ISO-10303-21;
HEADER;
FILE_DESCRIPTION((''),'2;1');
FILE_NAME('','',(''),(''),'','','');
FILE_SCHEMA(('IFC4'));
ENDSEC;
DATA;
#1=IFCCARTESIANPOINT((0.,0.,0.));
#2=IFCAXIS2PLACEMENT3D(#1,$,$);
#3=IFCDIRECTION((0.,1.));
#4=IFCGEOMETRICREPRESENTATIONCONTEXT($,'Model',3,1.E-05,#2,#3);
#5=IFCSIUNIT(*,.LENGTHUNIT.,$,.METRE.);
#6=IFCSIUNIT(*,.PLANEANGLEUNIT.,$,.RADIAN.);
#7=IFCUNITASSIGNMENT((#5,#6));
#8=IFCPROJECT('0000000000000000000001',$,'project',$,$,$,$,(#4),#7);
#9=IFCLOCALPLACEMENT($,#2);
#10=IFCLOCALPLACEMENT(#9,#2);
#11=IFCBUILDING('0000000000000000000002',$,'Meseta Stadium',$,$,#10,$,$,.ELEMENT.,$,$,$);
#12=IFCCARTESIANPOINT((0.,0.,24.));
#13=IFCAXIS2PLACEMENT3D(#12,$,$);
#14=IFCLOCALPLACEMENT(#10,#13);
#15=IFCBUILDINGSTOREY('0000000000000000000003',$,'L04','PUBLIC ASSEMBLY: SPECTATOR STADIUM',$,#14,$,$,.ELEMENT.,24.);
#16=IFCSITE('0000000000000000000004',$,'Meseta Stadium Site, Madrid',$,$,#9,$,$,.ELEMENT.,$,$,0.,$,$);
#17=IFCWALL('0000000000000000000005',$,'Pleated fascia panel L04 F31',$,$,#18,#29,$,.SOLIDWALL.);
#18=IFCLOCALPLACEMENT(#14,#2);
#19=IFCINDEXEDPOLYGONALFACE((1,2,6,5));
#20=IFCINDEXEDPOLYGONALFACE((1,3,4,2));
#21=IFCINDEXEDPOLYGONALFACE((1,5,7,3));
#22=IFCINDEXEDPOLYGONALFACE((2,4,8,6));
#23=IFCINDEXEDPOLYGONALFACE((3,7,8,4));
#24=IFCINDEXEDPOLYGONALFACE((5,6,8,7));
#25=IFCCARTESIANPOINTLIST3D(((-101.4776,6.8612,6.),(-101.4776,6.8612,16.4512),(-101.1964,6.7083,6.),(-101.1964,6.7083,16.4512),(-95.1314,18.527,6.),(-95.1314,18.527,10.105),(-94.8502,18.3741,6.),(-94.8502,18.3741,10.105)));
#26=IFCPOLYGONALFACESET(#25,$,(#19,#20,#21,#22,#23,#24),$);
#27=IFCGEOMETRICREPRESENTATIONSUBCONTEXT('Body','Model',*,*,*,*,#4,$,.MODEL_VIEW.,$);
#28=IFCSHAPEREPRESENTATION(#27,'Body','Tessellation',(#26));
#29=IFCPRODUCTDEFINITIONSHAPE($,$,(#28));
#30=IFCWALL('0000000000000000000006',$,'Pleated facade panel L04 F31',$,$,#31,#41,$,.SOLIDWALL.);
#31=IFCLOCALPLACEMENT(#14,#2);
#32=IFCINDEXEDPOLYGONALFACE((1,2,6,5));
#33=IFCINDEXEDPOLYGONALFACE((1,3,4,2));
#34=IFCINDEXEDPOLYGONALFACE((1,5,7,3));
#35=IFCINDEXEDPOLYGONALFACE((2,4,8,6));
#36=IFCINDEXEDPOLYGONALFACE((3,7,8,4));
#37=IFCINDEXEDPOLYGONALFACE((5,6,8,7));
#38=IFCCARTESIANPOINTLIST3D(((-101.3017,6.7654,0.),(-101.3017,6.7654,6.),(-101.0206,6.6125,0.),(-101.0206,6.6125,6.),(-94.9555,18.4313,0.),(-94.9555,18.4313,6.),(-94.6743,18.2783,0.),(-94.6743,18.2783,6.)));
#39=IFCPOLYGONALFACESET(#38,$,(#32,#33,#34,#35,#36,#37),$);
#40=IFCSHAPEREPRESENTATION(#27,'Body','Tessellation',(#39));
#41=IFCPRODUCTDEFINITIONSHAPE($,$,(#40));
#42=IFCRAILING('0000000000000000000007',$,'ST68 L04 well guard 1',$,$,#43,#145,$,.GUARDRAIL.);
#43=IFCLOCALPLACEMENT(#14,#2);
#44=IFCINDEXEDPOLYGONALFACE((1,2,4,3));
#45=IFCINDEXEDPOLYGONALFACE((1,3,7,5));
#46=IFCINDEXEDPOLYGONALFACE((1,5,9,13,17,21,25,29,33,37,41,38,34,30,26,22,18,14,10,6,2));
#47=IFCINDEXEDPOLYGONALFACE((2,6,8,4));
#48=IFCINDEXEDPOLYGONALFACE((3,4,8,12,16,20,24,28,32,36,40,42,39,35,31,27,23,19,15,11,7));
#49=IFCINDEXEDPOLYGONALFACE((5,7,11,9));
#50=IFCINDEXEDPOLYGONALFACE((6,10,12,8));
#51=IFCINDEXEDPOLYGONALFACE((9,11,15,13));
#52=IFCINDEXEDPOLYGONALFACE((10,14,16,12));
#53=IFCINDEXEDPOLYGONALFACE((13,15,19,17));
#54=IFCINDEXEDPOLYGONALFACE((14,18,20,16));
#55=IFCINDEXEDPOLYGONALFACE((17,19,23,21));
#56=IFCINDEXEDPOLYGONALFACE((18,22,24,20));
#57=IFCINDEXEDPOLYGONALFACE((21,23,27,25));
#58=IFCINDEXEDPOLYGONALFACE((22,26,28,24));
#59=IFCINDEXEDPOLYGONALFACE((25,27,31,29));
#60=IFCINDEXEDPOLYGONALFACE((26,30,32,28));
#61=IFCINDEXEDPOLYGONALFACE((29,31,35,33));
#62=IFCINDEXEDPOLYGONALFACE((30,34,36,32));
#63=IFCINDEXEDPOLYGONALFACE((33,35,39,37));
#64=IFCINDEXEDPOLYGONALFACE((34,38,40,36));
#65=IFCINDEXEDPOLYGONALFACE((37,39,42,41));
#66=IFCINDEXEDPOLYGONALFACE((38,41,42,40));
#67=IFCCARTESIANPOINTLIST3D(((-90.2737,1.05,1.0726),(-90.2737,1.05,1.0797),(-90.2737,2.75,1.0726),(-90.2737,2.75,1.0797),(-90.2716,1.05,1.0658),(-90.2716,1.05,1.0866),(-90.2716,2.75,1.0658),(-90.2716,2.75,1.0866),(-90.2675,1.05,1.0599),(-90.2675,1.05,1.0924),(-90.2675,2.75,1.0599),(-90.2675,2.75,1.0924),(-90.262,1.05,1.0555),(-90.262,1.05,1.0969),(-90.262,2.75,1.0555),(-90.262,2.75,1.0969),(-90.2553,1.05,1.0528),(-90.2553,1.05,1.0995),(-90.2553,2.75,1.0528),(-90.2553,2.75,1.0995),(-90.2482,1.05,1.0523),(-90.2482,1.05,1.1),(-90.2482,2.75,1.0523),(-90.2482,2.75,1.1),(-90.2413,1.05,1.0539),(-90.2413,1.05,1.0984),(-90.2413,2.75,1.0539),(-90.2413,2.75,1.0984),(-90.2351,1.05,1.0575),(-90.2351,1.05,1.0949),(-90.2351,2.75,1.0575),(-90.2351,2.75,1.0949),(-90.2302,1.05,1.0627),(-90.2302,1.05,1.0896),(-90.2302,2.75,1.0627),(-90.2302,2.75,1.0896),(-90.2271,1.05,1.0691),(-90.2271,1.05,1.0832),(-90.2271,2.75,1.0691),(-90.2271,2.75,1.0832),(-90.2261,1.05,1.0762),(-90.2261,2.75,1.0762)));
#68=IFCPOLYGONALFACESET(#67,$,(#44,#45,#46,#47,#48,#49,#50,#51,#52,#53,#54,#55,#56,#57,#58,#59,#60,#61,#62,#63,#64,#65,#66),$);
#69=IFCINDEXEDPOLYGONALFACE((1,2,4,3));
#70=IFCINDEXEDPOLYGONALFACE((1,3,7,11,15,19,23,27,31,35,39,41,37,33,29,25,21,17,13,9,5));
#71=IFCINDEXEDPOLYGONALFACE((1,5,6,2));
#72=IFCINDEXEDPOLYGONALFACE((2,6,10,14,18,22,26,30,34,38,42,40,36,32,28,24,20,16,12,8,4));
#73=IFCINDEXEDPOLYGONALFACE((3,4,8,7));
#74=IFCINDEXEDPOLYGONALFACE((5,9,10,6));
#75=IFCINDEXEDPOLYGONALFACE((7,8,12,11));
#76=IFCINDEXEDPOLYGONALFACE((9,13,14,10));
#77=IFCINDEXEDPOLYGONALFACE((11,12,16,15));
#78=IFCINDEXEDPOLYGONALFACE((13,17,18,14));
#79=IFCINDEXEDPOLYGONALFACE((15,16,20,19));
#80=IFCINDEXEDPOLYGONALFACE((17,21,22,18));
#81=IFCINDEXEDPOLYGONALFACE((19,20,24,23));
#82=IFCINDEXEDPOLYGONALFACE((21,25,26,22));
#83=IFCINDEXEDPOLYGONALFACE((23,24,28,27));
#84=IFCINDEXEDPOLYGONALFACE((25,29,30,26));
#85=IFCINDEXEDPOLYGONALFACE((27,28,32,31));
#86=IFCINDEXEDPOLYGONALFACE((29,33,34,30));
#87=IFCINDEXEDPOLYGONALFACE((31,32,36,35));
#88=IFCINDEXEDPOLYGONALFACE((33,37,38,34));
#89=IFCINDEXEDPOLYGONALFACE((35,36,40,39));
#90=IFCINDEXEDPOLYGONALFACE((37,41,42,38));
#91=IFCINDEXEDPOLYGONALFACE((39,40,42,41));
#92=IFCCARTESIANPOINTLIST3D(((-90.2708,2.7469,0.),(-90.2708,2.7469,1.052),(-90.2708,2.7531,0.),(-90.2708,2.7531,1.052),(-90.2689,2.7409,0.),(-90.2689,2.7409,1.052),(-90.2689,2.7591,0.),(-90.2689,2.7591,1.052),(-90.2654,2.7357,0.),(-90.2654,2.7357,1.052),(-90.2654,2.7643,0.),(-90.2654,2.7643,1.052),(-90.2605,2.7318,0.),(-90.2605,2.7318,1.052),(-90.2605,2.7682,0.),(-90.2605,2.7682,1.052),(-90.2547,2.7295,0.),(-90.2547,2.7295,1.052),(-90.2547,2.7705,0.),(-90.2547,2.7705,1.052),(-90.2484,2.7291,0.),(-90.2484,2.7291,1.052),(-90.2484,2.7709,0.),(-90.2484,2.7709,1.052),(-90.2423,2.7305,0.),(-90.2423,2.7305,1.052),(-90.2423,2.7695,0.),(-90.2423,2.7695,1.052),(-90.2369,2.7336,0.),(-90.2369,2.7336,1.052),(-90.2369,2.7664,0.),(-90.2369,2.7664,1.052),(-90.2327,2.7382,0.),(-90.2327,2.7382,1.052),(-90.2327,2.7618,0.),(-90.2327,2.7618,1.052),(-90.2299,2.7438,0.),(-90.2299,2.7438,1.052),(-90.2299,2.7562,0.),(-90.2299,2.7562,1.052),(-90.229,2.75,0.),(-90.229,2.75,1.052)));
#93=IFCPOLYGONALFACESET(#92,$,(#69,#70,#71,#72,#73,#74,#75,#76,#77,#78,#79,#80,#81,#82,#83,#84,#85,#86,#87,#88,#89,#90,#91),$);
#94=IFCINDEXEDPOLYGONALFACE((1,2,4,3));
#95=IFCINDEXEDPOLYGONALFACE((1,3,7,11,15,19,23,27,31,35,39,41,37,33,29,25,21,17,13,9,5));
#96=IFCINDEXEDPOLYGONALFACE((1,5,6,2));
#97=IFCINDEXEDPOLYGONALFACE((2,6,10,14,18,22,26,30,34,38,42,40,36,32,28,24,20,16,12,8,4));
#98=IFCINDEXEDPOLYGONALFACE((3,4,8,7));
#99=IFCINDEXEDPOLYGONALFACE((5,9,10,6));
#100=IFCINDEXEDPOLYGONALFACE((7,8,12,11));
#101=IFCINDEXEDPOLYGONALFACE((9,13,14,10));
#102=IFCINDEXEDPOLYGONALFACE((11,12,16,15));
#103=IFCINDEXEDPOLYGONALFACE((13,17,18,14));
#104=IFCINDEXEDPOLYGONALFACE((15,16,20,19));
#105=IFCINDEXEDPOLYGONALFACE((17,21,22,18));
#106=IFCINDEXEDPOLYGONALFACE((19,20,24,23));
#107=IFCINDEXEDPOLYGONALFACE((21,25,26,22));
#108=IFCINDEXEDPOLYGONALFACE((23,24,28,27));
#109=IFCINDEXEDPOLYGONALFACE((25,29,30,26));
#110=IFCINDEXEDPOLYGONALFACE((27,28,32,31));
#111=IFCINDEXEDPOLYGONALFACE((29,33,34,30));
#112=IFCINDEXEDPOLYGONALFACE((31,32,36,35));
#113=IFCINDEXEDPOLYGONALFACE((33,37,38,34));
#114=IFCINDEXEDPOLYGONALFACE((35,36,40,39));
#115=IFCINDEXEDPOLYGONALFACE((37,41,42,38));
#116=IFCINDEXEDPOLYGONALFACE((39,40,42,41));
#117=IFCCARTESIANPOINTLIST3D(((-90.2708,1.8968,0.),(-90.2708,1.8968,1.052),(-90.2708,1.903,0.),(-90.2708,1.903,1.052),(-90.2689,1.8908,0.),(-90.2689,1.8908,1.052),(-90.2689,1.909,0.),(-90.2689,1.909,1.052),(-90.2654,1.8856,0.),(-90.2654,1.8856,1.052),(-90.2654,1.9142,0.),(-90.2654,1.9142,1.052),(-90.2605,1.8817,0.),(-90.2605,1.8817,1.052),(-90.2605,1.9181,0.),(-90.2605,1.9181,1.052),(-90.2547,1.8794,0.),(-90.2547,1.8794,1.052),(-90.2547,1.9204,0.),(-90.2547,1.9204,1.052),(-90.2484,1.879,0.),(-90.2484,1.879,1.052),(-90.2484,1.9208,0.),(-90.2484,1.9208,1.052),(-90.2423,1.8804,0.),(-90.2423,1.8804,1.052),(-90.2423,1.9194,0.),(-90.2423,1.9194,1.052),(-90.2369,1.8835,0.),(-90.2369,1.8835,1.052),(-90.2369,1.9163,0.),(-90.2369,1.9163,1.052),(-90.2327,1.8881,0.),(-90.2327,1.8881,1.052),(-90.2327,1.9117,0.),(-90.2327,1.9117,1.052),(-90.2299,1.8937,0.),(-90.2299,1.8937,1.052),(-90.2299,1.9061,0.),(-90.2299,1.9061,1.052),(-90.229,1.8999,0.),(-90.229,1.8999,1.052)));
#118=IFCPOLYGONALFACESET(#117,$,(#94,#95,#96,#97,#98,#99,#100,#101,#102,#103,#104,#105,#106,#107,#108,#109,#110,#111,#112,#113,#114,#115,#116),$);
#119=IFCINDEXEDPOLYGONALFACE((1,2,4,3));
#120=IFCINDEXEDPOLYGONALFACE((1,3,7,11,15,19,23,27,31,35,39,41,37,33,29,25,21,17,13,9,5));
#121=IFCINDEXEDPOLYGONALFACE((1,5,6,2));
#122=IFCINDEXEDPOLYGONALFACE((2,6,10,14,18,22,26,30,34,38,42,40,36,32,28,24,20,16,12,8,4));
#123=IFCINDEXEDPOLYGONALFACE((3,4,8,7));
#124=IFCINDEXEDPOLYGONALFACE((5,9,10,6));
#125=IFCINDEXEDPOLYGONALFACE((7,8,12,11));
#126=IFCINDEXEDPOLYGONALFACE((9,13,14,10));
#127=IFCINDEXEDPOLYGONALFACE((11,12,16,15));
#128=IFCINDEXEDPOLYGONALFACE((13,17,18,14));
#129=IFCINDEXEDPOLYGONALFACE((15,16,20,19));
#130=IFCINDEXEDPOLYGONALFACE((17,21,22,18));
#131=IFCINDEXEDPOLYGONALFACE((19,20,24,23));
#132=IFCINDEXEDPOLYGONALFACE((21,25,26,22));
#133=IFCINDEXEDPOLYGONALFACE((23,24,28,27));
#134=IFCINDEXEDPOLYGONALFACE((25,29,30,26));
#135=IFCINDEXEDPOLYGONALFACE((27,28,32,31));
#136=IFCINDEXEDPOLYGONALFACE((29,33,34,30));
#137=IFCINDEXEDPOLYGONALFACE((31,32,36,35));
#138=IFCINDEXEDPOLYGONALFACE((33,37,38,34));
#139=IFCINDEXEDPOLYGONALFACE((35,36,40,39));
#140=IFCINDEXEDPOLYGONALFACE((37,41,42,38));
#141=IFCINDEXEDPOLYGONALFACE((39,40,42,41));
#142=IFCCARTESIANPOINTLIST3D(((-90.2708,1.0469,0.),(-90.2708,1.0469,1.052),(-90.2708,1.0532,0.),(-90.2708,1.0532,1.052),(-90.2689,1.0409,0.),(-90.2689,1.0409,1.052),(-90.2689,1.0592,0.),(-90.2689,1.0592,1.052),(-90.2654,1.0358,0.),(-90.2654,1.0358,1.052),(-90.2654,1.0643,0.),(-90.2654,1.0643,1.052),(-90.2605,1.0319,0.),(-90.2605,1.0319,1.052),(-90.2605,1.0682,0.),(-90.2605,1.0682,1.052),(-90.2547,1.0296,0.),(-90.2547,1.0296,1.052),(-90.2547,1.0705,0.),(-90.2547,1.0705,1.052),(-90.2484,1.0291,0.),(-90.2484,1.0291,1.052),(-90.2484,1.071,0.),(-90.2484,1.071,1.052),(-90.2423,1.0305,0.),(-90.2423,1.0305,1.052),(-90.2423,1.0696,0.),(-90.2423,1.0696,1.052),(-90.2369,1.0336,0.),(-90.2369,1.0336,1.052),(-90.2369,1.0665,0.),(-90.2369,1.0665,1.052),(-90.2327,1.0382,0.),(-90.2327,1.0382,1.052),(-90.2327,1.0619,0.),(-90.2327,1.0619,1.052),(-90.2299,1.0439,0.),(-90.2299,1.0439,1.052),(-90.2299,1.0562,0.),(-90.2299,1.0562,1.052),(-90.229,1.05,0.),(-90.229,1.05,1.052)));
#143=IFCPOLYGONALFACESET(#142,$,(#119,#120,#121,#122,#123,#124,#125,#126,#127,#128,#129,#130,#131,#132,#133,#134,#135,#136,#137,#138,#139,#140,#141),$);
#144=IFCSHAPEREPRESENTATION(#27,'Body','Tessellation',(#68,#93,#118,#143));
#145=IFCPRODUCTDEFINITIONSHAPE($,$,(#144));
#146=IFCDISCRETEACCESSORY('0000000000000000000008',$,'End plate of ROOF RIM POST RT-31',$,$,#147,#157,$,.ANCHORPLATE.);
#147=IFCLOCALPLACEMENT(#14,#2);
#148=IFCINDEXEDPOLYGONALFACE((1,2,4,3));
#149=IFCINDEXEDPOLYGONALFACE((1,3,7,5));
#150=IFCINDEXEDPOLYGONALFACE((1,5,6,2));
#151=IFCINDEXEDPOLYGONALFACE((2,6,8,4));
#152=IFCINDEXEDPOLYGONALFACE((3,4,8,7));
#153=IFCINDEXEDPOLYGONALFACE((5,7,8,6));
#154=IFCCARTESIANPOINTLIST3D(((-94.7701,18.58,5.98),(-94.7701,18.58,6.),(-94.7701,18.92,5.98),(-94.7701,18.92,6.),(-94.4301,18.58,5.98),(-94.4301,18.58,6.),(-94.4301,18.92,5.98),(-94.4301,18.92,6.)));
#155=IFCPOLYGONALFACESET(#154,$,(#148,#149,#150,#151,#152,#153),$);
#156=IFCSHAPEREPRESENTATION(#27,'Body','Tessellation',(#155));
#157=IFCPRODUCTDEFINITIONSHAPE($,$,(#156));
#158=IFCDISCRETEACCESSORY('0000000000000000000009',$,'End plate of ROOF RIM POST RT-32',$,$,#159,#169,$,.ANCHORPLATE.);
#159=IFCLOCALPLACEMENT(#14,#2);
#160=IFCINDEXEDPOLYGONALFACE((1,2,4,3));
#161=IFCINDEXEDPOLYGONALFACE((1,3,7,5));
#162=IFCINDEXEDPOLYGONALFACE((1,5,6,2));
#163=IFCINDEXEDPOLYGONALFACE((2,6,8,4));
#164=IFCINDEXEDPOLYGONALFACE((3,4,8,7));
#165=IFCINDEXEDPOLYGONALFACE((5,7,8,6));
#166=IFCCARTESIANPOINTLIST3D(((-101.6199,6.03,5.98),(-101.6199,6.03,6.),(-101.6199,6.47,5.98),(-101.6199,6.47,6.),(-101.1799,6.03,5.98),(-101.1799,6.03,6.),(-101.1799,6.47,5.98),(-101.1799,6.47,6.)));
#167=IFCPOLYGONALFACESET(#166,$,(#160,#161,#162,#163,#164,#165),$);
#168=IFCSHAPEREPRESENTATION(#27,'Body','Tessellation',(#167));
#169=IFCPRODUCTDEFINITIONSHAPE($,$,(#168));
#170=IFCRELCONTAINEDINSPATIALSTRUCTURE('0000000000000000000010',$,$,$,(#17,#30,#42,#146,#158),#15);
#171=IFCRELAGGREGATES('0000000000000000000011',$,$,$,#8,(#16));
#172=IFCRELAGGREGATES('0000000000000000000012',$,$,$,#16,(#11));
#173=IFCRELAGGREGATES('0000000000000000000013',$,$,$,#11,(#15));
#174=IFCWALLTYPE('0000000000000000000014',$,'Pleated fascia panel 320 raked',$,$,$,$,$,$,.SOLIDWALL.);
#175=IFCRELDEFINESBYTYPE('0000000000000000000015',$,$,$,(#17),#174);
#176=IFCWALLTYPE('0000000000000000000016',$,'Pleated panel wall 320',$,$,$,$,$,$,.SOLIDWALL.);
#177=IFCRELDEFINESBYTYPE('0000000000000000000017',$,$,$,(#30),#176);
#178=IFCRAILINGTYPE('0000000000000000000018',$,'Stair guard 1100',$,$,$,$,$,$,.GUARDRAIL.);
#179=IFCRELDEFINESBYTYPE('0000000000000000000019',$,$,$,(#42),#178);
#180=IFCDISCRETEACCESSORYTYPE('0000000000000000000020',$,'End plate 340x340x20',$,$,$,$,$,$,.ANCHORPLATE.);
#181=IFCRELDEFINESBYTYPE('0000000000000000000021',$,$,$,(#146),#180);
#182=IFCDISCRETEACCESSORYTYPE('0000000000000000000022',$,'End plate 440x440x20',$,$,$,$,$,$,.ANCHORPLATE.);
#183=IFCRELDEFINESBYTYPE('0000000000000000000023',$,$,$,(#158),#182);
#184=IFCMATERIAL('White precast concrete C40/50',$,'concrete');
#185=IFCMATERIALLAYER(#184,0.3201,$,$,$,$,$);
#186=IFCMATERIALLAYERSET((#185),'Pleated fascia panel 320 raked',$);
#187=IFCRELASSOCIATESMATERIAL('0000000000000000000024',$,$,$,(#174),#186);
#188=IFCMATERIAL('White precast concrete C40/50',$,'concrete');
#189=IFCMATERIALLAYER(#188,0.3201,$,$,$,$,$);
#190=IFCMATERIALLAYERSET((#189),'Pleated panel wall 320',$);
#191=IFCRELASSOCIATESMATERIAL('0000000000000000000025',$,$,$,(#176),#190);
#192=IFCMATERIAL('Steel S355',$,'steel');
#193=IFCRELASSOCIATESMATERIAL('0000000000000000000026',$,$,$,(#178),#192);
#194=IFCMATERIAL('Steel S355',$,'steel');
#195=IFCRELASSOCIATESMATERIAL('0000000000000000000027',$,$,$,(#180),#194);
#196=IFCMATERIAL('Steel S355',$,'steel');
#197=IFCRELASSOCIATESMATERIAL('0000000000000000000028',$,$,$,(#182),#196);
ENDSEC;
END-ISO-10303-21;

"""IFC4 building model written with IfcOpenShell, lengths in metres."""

from ifc_helpers import new_model, si_unit, direction, frame, frame_2d, origin, origin_2d, place, context, subcontext, project, spatial, polyline, rectangle, circle, outline, extrude, material, layer, layer_set, material_profile, profile_set, type_object, element, save


model = new_model("IFC4")

# Units and contexts
model_context = context("Model", 3, precision=1e-05, world=origin(), true_north=direction((0.0, 1.0)))
body_context = subcontext(model_context, "Body", "Model", "MODEL_VIEW")
ifc_project = project(units=[si_unit("LENGTHUNIT", "METRE"), si_unit("PLANEANGLEUNIT", "RADIAN")], contexts=[model_context])

# Site, building, storey
site_placement = place(None, origin())
site = spatial("IfcSite", under=ifc_project, at=site_placement, Name="Meseta Stadium Site, Madrid", CompositionType="ELEMENT", RefElevation=0.0)
building_placement = place(site_placement, origin())
building = spatial("IfcBuilding", under=site, at=building_placement, Name="Meseta Stadium", CompositionType="ELEMENT")
storey_placement = place(building_placement, frame((0.0, 0.0, 24.0)))
storey = spatial("IfcBuildingStorey", under=building, at=storey_placement, Name="L04", Description="PUBLIC ASSEMBLY: SPECTATOR STADIUM", CompositionType="ELEMENT", Elevation=24.0)

# Shared definitions
ifc_material_1 = material(Name="White precast concrete C40/50", Category="concrete")
ifc_layer_1 = layer(ifc_material_1, 0.3201)
ifc_layer_set_1 = layer_set([ifc_layer_1], Name="Pleated fascia panel 320 raked")
wall_type_1 = type_object("IfcWallType", Name="Pleated fascia panel 320 raked", PredefinedType="SOLIDWALL", material=ifc_layer_set_1)

# Walls
wall_1_placement = place(storey_placement, frame((-101.3369, 6.7847, 6.0), z_axis=(0.0, 0.0, 1.0), x_axis=(0.477868, 0.878432, 0.0)))
element("IfcWall", 1, at=wall_1_placement, inside=storey, type_object=wall_type_1, Name="Pleated fascia panel L04 F31", PredefinedType="SOLIDWALL", context=body_context, shape_type="SweptSolid", body=[
    extrude(outline(polyline([(0.0, 0.0), (13.2803, 0.0), (13.2803, 4.105), (0.0, 10.4512), (0.0, 0.0)])), frame((0.0, 0.1602, 0.0), z_axis=(0.0, -1.0, 0.0), x_axis=(1.0, 0.0, 0.0)), (0.0, 0.0, 1.0), 0.3201),
])
ifc_material_2 = material(Name="White precast concrete C40/50", Category="concrete")
ifc_layer_2 = layer(ifc_material_2, 0.3201)
ifc_layer_set_2 = layer_set([ifc_layer_2], Name="Pleated panel wall 320")
wall_type_2 = type_object("IfcWallType", Name="Pleated panel wall 320", PredefinedType="SOLIDWALL", material=ifc_layer_set_2)
wall_2_placement = place(storey_placement, frame((-101.1611, 6.689, 0.0), z_axis=(0.0, 0.0, 1.0), x_axis=(0.477868, 0.878432, 0.0)))
element("IfcWall", 2, at=wall_2_placement, inside=storey, type_object=wall_type_2, Name="Pleated facade panel L04 F31", PredefinedType="SOLIDWALL", context=body_context, shape_type="SweptSolid", body=[
    extrude(rectangle(XDim=13.2803, YDim=0.3201, at=frame_2d((6.6401, 0.0))), origin(), (0.0, 0.0, 1.0), 6.0),
])

# Railing
ifc_material_3 = material(Name="Steel S355", Category="steel")
railing_type = type_object("IfcRailingType", Name="Stair guard 1100", PredefinedType="GUARDRAIL", material=ifc_material_3)
railing_placement = place(storey_placement, frame((-90.25, 2.75, 0.0)))
element("IfcRailing", 3, at=railing_placement, inside=storey, type_object=railing_type, Name="ST68 L04 well guard 1", PredefinedType="GUARDRAIL", context=body_context, shape_type="SweptSolid", body=[
    extrude(circle(Radius=0.0239, at=origin_2d()), frame((0.0, 0.0, 1.0762), z_axis=(0.0, -1.0, 0.0), x_axis=(1.0, 0.0, 0.0)), (0.0, 0.0, 1.0), 1.7),
    extrude(circle(Radius=0.021, at=origin_2d()), origin(), (0.0, 0.0, 1.0), 1.052),
    extrude(circle(Radius=0.021, at=origin_2d()), frame((0.0, -0.8501, 0.0)), (0.0, 0.0, 1.0), 1.052),
    extrude(circle(Radius=0.021, at=origin_2d()), frame((0.0, -1.7, 0.0)), (0.0, 0.0, 1.0), 1.052),
])

# Discrete accessories
ifc_material_4 = material(Name="Steel S355", Category="steel")
ifc_material_profile_1 = material_profile(ifc_material_4, rectangle(XDim=0.3401, YDim=0.3401, at=origin_2d()), Name="PL 340x340")
ifc_profile_set_1 = profile_set([ifc_material_profile_1], Name="Steel S355")
discrete_accessory_type_1 = type_object("IfcDiscreteAccessoryType", Name="End plate 340x340x20", PredefinedType="ANCHORPLATE", material=ifc_profile_set_1)
discrete_accessory_1_placement = place(storey_placement, frame((-94.6001, 18.75, 5.98), z_axis=(0.0, 0.0, 1.0), x_axis=(1.0, 0.0, 0.0)))
element("IfcDiscreteAccessory", 4, at=discrete_accessory_1_placement, inside=storey, type_object=discrete_accessory_type_1, Name="End plate of ROOF RIM POST RT-31", PredefinedType="ANCHORPLATE", context=body_context, shape_type="SweptSolid", body=[
    extrude(rectangle(XDim=0.3401, YDim=0.3401, at=origin_2d()), origin(), (0.0, 0.0, 1.0), 0.02),
])
ifc_material_5 = material(Name="Steel S355", Category="steel")
ifc_material_profile_2 = material_profile(ifc_material_5, rectangle(XDim=0.4399, YDim=0.4399, at=origin_2d()), Name="PL 440x440")
ifc_profile_set_2 = profile_set([ifc_material_profile_2], Name="Steel S355")
discrete_accessory_type_2 = type_object("IfcDiscreteAccessoryType", Name="End plate 440x440x20", PredefinedType="ANCHORPLATE", material=ifc_profile_set_2)
discrete_accessory_2_placement = place(storey_placement, frame((-101.3999, 6.25, 5.98), z_axis=(0.0, 0.0, 1.0), x_axis=(1.0, 0.0, 0.0)))
element("IfcDiscreteAccessory", 5, at=discrete_accessory_2_placement, inside=storey, type_object=discrete_accessory_type_2, Name="End plate of ROOF RIM POST RT-32", PredefinedType="ANCHORPLATE", context=body_context, shape_type="SweptSolid", body=[
    extrude(rectangle(XDim=0.4399, YDim=0.4399, at=origin_2d()), origin(), (0.0, 0.0, 1.0), 0.02),
])

save(model, "model.ifc")
